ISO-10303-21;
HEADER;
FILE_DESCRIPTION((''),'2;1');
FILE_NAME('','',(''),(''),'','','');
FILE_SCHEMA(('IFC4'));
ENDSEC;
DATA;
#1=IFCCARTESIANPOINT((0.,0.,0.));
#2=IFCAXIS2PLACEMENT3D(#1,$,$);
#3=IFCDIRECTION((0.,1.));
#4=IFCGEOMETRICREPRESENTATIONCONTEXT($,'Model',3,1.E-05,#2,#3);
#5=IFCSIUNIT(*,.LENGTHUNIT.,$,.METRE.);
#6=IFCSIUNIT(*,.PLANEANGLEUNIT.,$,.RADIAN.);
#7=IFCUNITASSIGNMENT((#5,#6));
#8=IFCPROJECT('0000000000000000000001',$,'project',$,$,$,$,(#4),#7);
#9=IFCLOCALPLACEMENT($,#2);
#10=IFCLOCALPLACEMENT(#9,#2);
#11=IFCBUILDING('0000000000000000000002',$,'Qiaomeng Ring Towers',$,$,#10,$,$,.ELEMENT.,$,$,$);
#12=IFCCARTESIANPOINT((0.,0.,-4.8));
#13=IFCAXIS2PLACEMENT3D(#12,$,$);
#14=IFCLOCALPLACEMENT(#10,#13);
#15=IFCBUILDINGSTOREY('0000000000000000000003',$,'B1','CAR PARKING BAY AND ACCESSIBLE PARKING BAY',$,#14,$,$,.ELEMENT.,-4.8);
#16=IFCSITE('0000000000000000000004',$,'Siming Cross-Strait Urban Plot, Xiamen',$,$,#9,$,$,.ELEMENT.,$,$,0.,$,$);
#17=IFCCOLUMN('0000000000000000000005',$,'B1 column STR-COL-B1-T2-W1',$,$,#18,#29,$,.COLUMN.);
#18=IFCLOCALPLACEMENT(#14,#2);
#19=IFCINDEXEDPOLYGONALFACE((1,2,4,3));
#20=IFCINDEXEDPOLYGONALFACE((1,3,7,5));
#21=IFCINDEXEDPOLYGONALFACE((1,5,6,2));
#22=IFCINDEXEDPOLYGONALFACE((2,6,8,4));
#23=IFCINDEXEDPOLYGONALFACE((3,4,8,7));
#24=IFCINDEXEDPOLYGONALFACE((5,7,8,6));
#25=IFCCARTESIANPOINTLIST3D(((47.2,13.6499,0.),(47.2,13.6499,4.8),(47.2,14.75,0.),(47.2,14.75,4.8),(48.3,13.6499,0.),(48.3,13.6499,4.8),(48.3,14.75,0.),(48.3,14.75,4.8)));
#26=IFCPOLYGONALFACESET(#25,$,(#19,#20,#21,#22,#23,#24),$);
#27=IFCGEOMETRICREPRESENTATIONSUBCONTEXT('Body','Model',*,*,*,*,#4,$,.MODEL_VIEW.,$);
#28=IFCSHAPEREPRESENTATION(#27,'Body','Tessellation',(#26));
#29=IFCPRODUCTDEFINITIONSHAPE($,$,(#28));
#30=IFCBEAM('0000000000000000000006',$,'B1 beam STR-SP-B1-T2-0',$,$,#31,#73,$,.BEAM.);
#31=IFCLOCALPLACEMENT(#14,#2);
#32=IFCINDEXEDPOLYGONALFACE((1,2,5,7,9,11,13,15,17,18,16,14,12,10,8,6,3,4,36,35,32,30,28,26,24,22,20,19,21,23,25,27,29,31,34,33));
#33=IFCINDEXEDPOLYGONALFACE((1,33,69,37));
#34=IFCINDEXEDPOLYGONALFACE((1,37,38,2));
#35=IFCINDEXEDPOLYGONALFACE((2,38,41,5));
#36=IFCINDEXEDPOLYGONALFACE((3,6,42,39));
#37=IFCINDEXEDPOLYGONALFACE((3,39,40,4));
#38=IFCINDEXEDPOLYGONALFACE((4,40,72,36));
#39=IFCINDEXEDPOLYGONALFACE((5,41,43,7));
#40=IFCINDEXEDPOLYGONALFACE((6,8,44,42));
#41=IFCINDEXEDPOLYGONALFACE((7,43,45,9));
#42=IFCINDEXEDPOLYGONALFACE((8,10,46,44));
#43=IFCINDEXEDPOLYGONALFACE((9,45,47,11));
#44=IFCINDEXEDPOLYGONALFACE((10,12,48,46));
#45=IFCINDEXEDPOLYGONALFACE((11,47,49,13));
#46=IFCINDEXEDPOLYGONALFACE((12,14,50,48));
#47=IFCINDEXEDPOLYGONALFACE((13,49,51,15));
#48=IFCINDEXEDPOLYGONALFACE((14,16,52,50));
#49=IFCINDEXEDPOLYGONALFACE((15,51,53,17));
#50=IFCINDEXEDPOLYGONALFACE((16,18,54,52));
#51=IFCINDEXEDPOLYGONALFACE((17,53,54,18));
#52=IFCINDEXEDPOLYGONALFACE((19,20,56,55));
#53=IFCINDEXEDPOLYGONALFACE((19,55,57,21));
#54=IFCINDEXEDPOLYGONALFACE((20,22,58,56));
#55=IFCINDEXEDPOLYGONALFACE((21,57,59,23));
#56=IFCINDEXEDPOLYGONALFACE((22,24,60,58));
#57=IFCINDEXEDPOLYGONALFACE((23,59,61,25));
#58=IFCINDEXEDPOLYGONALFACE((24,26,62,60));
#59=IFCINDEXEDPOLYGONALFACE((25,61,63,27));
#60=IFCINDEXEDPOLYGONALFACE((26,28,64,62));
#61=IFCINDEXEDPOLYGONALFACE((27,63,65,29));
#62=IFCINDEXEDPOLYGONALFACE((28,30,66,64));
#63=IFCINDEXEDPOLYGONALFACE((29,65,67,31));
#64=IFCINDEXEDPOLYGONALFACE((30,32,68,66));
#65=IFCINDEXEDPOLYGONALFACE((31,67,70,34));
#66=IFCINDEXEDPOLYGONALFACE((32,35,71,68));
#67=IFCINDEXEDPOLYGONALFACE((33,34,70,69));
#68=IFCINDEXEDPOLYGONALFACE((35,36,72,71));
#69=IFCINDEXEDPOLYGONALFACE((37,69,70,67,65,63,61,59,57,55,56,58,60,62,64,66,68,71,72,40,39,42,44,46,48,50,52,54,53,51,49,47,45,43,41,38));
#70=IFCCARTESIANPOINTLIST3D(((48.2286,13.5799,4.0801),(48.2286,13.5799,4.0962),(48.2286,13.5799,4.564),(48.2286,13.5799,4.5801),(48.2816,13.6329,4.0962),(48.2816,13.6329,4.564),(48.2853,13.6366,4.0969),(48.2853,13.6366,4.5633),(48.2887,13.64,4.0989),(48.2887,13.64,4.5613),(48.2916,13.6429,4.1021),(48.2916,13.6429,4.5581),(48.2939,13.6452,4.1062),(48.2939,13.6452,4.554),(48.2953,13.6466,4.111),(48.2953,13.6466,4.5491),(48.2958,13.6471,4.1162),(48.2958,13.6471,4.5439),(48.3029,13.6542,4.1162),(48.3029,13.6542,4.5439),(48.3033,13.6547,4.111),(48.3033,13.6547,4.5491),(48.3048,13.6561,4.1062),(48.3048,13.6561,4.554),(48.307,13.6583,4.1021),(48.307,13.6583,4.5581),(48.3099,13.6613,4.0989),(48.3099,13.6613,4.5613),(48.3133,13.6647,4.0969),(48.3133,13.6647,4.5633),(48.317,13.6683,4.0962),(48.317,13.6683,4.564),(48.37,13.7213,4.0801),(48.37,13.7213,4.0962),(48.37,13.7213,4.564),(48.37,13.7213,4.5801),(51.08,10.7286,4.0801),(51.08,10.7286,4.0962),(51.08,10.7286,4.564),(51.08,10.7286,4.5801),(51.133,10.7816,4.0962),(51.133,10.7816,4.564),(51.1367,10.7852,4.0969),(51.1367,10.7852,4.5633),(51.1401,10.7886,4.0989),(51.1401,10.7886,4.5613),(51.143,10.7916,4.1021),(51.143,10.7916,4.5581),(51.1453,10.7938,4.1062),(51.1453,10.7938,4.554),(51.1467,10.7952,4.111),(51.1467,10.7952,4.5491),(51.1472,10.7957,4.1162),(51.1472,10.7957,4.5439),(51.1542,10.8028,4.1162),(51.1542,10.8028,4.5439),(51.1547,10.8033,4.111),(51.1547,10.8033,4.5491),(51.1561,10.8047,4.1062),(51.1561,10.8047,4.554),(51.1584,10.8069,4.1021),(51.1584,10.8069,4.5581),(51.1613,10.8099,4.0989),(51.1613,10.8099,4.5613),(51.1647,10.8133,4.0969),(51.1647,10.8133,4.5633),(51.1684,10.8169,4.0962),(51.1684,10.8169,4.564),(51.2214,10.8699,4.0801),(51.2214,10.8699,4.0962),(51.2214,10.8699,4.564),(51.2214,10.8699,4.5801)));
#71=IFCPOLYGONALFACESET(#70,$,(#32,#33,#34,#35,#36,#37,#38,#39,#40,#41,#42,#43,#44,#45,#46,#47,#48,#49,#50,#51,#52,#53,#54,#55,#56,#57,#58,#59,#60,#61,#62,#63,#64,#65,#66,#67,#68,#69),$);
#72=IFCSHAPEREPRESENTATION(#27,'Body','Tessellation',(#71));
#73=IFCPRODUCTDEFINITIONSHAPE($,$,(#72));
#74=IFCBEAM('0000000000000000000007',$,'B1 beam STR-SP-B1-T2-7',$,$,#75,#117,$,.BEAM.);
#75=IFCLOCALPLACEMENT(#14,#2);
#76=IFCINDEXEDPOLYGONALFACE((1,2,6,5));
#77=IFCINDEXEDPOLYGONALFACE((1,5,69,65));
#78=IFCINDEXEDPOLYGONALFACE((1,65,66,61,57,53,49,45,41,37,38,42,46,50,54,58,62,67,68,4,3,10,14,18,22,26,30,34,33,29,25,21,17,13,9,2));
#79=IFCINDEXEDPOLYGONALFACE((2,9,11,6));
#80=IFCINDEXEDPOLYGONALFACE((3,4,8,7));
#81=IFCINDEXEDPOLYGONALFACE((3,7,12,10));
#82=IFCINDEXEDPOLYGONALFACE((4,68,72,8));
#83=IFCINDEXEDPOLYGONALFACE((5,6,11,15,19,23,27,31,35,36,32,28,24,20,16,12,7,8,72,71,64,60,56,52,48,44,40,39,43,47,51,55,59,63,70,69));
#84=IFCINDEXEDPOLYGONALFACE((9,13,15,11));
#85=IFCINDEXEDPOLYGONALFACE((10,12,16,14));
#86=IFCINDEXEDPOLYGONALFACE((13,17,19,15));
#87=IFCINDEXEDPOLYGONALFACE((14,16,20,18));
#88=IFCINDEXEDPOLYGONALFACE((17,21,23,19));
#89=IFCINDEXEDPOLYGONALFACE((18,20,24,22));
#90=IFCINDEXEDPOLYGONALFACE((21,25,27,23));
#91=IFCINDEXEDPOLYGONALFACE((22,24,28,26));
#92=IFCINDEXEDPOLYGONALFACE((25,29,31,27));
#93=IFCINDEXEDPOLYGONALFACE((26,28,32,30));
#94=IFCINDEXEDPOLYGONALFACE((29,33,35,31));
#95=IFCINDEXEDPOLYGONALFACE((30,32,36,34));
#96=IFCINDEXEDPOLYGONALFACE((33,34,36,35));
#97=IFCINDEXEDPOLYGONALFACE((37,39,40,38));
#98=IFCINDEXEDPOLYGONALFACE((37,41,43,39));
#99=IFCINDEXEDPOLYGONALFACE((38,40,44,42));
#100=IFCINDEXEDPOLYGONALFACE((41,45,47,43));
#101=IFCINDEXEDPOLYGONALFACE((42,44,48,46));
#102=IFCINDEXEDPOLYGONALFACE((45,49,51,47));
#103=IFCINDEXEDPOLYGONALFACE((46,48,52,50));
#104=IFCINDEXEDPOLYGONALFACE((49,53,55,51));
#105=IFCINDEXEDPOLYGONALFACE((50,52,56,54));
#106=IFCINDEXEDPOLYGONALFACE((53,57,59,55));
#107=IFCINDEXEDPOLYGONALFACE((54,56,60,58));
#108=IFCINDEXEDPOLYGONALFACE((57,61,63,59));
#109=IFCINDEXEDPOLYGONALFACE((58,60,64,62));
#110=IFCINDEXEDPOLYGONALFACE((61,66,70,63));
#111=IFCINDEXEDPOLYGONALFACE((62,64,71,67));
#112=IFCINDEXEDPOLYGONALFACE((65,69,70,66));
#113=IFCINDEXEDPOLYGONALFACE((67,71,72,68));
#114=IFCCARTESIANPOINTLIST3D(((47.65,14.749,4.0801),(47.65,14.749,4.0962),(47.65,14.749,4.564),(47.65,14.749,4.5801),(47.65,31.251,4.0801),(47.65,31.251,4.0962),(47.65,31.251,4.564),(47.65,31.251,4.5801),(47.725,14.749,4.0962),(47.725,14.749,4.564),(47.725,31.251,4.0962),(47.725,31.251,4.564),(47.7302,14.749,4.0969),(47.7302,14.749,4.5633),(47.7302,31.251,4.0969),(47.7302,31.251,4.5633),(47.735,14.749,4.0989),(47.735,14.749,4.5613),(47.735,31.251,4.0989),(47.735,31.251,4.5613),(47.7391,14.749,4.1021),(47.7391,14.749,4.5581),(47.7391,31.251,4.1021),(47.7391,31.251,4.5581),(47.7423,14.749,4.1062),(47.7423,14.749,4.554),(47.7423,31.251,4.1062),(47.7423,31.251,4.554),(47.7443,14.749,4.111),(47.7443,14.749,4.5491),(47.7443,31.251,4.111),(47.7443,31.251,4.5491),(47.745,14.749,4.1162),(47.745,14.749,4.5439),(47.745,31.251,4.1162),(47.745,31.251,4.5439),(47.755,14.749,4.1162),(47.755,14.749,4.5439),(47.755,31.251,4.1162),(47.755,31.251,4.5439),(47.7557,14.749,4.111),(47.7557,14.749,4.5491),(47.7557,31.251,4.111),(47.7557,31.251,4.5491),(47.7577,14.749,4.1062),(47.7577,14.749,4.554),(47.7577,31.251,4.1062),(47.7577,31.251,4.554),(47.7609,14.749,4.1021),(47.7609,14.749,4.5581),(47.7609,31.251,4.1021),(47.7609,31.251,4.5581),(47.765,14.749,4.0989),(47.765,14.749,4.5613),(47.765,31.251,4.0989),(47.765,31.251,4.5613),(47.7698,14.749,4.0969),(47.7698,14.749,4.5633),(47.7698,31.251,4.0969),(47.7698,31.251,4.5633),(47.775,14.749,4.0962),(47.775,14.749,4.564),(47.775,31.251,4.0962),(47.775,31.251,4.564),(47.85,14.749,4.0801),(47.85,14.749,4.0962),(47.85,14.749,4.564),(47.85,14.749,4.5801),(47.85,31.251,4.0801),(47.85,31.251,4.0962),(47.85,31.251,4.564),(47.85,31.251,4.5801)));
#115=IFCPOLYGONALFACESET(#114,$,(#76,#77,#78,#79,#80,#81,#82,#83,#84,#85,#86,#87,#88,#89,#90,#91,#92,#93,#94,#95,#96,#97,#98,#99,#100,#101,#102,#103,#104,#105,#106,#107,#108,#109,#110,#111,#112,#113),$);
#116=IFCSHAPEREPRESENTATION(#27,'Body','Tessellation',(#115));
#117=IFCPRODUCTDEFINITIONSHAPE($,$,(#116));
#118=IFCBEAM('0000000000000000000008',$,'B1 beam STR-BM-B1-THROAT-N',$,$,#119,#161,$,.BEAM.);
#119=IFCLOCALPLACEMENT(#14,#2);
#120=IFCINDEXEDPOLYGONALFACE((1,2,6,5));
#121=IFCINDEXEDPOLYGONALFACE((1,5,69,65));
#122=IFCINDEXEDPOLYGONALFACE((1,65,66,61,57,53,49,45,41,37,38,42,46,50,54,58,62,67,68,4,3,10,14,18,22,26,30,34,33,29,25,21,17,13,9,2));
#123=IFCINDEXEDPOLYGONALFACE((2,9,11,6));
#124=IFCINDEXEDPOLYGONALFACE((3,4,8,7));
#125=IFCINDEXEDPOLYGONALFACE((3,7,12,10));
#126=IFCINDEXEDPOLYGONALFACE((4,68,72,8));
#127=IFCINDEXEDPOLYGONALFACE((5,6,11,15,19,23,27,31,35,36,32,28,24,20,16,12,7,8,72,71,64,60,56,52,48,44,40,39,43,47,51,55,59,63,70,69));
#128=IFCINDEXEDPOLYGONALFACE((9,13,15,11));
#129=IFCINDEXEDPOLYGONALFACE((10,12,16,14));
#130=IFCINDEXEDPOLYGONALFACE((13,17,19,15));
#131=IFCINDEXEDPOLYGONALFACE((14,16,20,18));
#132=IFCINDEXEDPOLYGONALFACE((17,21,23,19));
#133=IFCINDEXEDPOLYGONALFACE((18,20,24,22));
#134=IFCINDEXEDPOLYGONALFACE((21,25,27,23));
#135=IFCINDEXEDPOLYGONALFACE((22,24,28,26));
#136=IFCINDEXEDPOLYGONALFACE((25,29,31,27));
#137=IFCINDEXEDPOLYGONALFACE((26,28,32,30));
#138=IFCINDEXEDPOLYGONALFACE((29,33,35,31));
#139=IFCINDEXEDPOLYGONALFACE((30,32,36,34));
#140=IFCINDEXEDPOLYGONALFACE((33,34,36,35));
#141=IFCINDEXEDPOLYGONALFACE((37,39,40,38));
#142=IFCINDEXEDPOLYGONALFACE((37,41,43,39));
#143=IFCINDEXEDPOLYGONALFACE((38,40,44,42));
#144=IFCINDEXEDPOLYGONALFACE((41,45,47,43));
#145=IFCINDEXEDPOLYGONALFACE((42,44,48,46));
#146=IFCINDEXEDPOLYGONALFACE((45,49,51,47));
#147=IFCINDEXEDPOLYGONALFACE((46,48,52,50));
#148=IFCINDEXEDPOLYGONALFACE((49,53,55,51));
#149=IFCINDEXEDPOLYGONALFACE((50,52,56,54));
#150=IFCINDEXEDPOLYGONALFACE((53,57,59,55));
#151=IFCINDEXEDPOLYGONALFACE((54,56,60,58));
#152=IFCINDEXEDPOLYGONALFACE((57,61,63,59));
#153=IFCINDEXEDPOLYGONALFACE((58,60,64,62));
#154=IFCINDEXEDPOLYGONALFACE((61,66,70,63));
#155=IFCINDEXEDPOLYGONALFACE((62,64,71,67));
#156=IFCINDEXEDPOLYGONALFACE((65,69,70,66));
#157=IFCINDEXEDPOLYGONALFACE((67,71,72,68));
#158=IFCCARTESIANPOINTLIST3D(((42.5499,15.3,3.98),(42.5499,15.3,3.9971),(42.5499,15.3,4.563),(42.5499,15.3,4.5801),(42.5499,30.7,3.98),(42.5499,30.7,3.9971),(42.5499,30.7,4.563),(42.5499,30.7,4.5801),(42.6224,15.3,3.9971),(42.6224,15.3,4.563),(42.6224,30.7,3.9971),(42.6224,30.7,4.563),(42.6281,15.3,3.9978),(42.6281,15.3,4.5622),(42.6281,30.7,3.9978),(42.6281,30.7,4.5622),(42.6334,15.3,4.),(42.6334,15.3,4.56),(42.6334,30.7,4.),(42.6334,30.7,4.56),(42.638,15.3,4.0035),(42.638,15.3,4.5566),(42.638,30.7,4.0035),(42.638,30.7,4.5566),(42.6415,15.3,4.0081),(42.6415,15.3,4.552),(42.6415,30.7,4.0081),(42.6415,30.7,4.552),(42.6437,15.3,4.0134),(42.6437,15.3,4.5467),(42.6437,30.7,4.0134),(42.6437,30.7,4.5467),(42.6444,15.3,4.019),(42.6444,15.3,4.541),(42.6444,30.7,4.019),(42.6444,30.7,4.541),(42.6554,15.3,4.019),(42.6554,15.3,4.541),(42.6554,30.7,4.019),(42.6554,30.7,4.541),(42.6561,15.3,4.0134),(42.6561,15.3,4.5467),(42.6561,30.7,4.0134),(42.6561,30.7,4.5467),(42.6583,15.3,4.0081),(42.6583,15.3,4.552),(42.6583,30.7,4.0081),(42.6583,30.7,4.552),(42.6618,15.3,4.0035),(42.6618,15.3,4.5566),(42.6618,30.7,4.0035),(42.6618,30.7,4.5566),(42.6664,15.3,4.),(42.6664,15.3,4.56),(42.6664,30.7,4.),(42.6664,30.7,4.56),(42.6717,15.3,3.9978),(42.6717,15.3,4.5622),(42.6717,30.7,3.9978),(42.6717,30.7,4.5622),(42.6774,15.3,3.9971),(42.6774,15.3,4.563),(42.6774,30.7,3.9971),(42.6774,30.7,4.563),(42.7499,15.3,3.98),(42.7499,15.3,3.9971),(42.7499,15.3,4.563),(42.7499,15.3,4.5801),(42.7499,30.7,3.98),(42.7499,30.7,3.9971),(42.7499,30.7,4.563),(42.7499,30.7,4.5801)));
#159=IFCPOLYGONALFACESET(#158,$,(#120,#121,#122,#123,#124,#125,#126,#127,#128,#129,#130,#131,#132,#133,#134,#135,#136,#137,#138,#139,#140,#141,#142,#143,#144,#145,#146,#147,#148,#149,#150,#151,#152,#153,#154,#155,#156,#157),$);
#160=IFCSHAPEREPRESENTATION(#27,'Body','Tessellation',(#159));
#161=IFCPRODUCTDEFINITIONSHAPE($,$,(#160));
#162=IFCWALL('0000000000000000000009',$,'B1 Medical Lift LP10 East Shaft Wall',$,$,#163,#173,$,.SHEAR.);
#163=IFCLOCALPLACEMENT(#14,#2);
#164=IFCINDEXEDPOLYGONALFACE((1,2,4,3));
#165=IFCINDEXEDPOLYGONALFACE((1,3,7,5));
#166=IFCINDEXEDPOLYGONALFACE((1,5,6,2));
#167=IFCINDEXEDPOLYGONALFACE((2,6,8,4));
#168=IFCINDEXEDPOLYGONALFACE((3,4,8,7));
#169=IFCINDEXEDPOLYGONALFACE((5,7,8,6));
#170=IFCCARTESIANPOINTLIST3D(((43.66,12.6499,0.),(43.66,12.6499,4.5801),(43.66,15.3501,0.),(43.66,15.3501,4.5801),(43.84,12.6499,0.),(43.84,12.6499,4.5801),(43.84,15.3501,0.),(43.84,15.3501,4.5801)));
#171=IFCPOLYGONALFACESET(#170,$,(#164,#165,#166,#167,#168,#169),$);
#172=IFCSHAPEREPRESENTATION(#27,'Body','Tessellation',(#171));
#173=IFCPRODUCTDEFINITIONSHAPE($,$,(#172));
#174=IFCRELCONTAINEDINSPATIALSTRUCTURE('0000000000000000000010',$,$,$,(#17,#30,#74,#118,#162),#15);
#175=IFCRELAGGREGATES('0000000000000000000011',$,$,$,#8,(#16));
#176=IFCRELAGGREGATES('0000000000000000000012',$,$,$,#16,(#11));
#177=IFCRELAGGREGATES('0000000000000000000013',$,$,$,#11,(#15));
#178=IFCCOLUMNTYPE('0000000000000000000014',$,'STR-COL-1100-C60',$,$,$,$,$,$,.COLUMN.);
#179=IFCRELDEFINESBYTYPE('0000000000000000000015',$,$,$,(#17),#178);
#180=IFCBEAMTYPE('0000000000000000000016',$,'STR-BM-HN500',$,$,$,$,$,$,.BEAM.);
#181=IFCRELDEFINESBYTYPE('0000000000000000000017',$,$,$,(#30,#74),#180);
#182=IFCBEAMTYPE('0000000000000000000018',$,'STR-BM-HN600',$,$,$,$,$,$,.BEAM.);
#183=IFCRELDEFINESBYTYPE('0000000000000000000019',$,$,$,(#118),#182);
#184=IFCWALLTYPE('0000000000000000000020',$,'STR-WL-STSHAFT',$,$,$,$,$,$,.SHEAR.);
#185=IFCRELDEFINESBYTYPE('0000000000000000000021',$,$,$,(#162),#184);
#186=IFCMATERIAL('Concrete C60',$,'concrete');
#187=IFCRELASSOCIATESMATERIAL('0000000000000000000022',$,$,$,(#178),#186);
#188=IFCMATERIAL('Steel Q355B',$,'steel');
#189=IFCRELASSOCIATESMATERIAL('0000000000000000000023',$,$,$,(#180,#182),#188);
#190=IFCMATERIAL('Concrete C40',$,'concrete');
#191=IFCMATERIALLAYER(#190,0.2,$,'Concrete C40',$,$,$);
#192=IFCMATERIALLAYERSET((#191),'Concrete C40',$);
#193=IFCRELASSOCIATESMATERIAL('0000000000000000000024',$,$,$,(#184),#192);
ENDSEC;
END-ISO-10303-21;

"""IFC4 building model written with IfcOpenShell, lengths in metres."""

from ifc_helpers import new_model, si_unit, direction, frame, frame_2d, origin, origin_2d, place, context, subcontext, project, spatial, rectangle, i_section, extrude, source, transform, mapped, material, layer, layer_set, material_profile, profile_set, type_object, element, save


model = new_model("IFC4")

# Units and contexts
model_context = context("Model", 3, precision=1e-05, world=origin(), true_north=direction((0.0, 1.0)))
body_context = subcontext(model_context, "Body", "Model", "MODEL_VIEW")
ifc_project = project(units=[si_unit("LENGTHUNIT", "METRE"), si_unit("PLANEANGLEUNIT", "RADIAN")], contexts=[model_context])

# Site, building, storey
site_placement = place(None, origin())
site = spatial("IfcSite", under=ifc_project, at=site_placement, Name="Siming Cross-Strait Urban Plot, Xiamen", CompositionType="ELEMENT", RefElevation=0.0)
building_placement = place(site_placement, origin())
building = spatial("IfcBuilding", under=site, at=building_placement, Name="Qiaomeng Ring Towers", CompositionType="ELEMENT")
storey_placement = place(building_placement, frame((0.0, 0.0, -4.8)))
storey = spatial("IfcBuildingStorey", under=building, at=storey_placement, Name="B1", Description="CAR PARKING BAY AND ACCESSIBLE PARKING BAY", CompositionType="ELEMENT", Elevation=-4.8)

# Column
ifc_material_1 = material(Name="Concrete C60", Category="concrete")
ifc_material_profile_1 = material_profile(ifc_material_1, rectangle(XDim=1.1001, YDim=1.1001, at=origin_2d()), Name="RC COL 1100x1100")
ifc_profile_set_1 = profile_set([ifc_material_profile_1], Name="Concrete C60")
column_type = type_object("IfcColumnType", Name="STR-COL-1100-C60", PredefinedType="COLUMN", material=ifc_profile_set_1)
shared_shape_1 = source(origin(), body_context, "Body", "SweptSolid", [
    extrude(rectangle(XDim=1.1001, YDim=1.1001, at=origin_2d()), origin(), (0.0, 0.0, 1.0), 4.8),
])
column_placement = place(storey_placement, frame((47.75, 14.2, 0.0), z_axis=(0.0, 0.0, 1.0), x_axis=(1.0, 0.0, 0.0)))
element("IfcColumn", 1, at=column_placement, inside=storey, type_object=column_type, Name="B1 column STR-COL-B1-T2-W1", PredefinedType="COLUMN", context=body_context, shape_type="MappedRepresentation", body=[
    mapped(shared_shape_1, transform((0.0, 0.0, 0.0), x_axis=(1.0, 0.0, 0.0), y_axis=(0.0, 1.0, 0.0), z_axis=(0.0, 0.0, 1.0), scale=1.0)),
])

# Beams
ifc_material_2 = material(Name="Steel Q355B", Category="steel")
ifc_material_profile_2 = material_profile(ifc_material_2, i_section(OverallWidth=0.2, OverallDepth=0.5, WebThickness=0.01, FlangeThickness=0.0161, FilletRadius=0.02, at=origin_2d()), Name="HN 500x200x10x16")
ifc_profile_set_2 = profile_set([ifc_material_profile_2], Name="Steel Q355B")
beam_type_1 = type_object("IfcBeamType", Name="STR-BM-HN500", PredefinedType="BEAM", material=ifc_profile_set_2)
shared_shape_2 = source(origin(), body_context, "Body", "SweptSolid", [
    extrude(i_section(OverallWidth=0.2, OverallDepth=0.5, WebThickness=0.01, FlangeThickness=0.0161, FilletRadius=0.02, at=origin_2d()), origin(), (0.0, 0.0, 1.0), 4.0325),
])
beam_1_placement = place(storey_placement, frame((48.2993, 13.6506, 4.3301), z_axis=(0.707107, -0.707107, 0.0), x_axis=(0.707107, 0.707107, 0.0)))
element("IfcBeam", 2, at=beam_1_placement, inside=storey, type_object=beam_type_1, Name="B1 beam STR-SP-B1-T2-0", PredefinedType="BEAM", context=body_context, shape_type="MappedRepresentation", body=[
    mapped(shared_shape_2, transform((0.0, 0.0, 0.0), x_axis=(1.0, 0.0, 0.0), y_axis=(0.0, 1.0, 0.0), z_axis=(0.0, 0.0, 1.0), scale=1.0)),
])
shared_shape_3 = source(origin(), body_context, "Body", "SweptSolid", [
    extrude(i_section(OverallWidth=0.2, OverallDepth=0.5, WebThickness=0.01, FlangeThickness=0.0161, FilletRadius=0.02, at=origin_2d()), origin(), (0.0, 0.0, 1.0), 16.502),
])
beam_2_placement = place(storey_placement, frame((47.75, 14.749, 4.3301), z_axis=(0.0, 1.0, 0.0), x_axis=(-1.0, 0.0, 0.0)))
element("IfcBeam", 3, at=beam_2_placement, inside=storey, type_object=beam_type_1, Name="B1 beam STR-SP-B1-T2-7", PredefinedType="BEAM", context=body_context, shape_type="MappedRepresentation", body=[
    mapped(shared_shape_3, transform((0.0, 0.0, 0.0), x_axis=(1.0, 0.0, 0.0), y_axis=(0.0, 1.0, 0.0), z_axis=(0.0, 0.0, 1.0), scale=1.0)),
])
ifc_material_profile_3 = material_profile(ifc_material_2, i_section(OverallWidth=0.2, OverallDepth=0.6001, WebThickness=0.011, FlangeThickness=0.0171, FilletRadius=0.022, at=origin_2d()), Name="HN 600x200x11x17")
ifc_profile_set_3 = profile_set([ifc_material_profile_3], Name="Steel Q355B")
beam_type_2 = type_object("IfcBeamType", Name="STR-BM-HN600", PredefinedType="BEAM", material=ifc_profile_set_3)
shared_shape_4 = source(origin(), body_context, "Body", "SweptSolid", [
    extrude(i_section(OverallWidth=0.2, OverallDepth=0.6001, WebThickness=0.011, FlangeThickness=0.0171, FilletRadius=0.022, at=origin_2d()), origin(), (0.0, 0.0, 1.0), 15.3999),
])
beam_3_placement = place(storey_placement, frame((42.6499, 15.3, 4.28), z_axis=(0.0, 1.0, 0.0), x_axis=(-1.0, 0.0, 0.0)))
element("IfcBeam", 4, at=beam_3_placement, inside=storey, type_object=beam_type_2, Name="B1 beam STR-BM-B1-THROAT-N", PredefinedType="BEAM", context=body_context, shape_type="MappedRepresentation", body=[
    mapped(shared_shape_4, transform((0.0, 0.0, 0.0), x_axis=(1.0, 0.0, 0.0), y_axis=(0.0, 1.0, 0.0), z_axis=(0.0, 0.0, 1.0), scale=1.0)),
])

# Wall
ifc_material_3 = material(Name="Concrete C40", Category="concrete")
ifc_layer_1 = layer(ifc_material_3, 0.2, Name="Concrete C40")
ifc_layer_set_1 = layer_set([ifc_layer_1], Name="Concrete C40")
wall_type_1 = type_object("IfcWallType", Name="STR-WL-STSHAFT", PredefinedType="SHEAR", material=ifc_layer_set_1)
wall_1_placement = place(storey_placement, frame((43.75, 12.6499, 0.0), z_axis=(0.0, 0.0, 1.0), x_axis=(0.0, 1.0, 0.0)))
element("IfcWall", 5, at=wall_1_placement, inside=storey, type_object=wall_type_1, Name="B1 Medical Lift LP10 East Shaft Wall", PredefinedType="SHEAR", context=body_context, shape_type="SweptSolid", body=[
    extrude(rectangle(XDim=2.7002, YDim=0.1799, at=frame_2d((1.3501, 0.0))), origin(), (0.0, 0.0, 1.0), 4.5801),
])

save(model, "model.ifc")
